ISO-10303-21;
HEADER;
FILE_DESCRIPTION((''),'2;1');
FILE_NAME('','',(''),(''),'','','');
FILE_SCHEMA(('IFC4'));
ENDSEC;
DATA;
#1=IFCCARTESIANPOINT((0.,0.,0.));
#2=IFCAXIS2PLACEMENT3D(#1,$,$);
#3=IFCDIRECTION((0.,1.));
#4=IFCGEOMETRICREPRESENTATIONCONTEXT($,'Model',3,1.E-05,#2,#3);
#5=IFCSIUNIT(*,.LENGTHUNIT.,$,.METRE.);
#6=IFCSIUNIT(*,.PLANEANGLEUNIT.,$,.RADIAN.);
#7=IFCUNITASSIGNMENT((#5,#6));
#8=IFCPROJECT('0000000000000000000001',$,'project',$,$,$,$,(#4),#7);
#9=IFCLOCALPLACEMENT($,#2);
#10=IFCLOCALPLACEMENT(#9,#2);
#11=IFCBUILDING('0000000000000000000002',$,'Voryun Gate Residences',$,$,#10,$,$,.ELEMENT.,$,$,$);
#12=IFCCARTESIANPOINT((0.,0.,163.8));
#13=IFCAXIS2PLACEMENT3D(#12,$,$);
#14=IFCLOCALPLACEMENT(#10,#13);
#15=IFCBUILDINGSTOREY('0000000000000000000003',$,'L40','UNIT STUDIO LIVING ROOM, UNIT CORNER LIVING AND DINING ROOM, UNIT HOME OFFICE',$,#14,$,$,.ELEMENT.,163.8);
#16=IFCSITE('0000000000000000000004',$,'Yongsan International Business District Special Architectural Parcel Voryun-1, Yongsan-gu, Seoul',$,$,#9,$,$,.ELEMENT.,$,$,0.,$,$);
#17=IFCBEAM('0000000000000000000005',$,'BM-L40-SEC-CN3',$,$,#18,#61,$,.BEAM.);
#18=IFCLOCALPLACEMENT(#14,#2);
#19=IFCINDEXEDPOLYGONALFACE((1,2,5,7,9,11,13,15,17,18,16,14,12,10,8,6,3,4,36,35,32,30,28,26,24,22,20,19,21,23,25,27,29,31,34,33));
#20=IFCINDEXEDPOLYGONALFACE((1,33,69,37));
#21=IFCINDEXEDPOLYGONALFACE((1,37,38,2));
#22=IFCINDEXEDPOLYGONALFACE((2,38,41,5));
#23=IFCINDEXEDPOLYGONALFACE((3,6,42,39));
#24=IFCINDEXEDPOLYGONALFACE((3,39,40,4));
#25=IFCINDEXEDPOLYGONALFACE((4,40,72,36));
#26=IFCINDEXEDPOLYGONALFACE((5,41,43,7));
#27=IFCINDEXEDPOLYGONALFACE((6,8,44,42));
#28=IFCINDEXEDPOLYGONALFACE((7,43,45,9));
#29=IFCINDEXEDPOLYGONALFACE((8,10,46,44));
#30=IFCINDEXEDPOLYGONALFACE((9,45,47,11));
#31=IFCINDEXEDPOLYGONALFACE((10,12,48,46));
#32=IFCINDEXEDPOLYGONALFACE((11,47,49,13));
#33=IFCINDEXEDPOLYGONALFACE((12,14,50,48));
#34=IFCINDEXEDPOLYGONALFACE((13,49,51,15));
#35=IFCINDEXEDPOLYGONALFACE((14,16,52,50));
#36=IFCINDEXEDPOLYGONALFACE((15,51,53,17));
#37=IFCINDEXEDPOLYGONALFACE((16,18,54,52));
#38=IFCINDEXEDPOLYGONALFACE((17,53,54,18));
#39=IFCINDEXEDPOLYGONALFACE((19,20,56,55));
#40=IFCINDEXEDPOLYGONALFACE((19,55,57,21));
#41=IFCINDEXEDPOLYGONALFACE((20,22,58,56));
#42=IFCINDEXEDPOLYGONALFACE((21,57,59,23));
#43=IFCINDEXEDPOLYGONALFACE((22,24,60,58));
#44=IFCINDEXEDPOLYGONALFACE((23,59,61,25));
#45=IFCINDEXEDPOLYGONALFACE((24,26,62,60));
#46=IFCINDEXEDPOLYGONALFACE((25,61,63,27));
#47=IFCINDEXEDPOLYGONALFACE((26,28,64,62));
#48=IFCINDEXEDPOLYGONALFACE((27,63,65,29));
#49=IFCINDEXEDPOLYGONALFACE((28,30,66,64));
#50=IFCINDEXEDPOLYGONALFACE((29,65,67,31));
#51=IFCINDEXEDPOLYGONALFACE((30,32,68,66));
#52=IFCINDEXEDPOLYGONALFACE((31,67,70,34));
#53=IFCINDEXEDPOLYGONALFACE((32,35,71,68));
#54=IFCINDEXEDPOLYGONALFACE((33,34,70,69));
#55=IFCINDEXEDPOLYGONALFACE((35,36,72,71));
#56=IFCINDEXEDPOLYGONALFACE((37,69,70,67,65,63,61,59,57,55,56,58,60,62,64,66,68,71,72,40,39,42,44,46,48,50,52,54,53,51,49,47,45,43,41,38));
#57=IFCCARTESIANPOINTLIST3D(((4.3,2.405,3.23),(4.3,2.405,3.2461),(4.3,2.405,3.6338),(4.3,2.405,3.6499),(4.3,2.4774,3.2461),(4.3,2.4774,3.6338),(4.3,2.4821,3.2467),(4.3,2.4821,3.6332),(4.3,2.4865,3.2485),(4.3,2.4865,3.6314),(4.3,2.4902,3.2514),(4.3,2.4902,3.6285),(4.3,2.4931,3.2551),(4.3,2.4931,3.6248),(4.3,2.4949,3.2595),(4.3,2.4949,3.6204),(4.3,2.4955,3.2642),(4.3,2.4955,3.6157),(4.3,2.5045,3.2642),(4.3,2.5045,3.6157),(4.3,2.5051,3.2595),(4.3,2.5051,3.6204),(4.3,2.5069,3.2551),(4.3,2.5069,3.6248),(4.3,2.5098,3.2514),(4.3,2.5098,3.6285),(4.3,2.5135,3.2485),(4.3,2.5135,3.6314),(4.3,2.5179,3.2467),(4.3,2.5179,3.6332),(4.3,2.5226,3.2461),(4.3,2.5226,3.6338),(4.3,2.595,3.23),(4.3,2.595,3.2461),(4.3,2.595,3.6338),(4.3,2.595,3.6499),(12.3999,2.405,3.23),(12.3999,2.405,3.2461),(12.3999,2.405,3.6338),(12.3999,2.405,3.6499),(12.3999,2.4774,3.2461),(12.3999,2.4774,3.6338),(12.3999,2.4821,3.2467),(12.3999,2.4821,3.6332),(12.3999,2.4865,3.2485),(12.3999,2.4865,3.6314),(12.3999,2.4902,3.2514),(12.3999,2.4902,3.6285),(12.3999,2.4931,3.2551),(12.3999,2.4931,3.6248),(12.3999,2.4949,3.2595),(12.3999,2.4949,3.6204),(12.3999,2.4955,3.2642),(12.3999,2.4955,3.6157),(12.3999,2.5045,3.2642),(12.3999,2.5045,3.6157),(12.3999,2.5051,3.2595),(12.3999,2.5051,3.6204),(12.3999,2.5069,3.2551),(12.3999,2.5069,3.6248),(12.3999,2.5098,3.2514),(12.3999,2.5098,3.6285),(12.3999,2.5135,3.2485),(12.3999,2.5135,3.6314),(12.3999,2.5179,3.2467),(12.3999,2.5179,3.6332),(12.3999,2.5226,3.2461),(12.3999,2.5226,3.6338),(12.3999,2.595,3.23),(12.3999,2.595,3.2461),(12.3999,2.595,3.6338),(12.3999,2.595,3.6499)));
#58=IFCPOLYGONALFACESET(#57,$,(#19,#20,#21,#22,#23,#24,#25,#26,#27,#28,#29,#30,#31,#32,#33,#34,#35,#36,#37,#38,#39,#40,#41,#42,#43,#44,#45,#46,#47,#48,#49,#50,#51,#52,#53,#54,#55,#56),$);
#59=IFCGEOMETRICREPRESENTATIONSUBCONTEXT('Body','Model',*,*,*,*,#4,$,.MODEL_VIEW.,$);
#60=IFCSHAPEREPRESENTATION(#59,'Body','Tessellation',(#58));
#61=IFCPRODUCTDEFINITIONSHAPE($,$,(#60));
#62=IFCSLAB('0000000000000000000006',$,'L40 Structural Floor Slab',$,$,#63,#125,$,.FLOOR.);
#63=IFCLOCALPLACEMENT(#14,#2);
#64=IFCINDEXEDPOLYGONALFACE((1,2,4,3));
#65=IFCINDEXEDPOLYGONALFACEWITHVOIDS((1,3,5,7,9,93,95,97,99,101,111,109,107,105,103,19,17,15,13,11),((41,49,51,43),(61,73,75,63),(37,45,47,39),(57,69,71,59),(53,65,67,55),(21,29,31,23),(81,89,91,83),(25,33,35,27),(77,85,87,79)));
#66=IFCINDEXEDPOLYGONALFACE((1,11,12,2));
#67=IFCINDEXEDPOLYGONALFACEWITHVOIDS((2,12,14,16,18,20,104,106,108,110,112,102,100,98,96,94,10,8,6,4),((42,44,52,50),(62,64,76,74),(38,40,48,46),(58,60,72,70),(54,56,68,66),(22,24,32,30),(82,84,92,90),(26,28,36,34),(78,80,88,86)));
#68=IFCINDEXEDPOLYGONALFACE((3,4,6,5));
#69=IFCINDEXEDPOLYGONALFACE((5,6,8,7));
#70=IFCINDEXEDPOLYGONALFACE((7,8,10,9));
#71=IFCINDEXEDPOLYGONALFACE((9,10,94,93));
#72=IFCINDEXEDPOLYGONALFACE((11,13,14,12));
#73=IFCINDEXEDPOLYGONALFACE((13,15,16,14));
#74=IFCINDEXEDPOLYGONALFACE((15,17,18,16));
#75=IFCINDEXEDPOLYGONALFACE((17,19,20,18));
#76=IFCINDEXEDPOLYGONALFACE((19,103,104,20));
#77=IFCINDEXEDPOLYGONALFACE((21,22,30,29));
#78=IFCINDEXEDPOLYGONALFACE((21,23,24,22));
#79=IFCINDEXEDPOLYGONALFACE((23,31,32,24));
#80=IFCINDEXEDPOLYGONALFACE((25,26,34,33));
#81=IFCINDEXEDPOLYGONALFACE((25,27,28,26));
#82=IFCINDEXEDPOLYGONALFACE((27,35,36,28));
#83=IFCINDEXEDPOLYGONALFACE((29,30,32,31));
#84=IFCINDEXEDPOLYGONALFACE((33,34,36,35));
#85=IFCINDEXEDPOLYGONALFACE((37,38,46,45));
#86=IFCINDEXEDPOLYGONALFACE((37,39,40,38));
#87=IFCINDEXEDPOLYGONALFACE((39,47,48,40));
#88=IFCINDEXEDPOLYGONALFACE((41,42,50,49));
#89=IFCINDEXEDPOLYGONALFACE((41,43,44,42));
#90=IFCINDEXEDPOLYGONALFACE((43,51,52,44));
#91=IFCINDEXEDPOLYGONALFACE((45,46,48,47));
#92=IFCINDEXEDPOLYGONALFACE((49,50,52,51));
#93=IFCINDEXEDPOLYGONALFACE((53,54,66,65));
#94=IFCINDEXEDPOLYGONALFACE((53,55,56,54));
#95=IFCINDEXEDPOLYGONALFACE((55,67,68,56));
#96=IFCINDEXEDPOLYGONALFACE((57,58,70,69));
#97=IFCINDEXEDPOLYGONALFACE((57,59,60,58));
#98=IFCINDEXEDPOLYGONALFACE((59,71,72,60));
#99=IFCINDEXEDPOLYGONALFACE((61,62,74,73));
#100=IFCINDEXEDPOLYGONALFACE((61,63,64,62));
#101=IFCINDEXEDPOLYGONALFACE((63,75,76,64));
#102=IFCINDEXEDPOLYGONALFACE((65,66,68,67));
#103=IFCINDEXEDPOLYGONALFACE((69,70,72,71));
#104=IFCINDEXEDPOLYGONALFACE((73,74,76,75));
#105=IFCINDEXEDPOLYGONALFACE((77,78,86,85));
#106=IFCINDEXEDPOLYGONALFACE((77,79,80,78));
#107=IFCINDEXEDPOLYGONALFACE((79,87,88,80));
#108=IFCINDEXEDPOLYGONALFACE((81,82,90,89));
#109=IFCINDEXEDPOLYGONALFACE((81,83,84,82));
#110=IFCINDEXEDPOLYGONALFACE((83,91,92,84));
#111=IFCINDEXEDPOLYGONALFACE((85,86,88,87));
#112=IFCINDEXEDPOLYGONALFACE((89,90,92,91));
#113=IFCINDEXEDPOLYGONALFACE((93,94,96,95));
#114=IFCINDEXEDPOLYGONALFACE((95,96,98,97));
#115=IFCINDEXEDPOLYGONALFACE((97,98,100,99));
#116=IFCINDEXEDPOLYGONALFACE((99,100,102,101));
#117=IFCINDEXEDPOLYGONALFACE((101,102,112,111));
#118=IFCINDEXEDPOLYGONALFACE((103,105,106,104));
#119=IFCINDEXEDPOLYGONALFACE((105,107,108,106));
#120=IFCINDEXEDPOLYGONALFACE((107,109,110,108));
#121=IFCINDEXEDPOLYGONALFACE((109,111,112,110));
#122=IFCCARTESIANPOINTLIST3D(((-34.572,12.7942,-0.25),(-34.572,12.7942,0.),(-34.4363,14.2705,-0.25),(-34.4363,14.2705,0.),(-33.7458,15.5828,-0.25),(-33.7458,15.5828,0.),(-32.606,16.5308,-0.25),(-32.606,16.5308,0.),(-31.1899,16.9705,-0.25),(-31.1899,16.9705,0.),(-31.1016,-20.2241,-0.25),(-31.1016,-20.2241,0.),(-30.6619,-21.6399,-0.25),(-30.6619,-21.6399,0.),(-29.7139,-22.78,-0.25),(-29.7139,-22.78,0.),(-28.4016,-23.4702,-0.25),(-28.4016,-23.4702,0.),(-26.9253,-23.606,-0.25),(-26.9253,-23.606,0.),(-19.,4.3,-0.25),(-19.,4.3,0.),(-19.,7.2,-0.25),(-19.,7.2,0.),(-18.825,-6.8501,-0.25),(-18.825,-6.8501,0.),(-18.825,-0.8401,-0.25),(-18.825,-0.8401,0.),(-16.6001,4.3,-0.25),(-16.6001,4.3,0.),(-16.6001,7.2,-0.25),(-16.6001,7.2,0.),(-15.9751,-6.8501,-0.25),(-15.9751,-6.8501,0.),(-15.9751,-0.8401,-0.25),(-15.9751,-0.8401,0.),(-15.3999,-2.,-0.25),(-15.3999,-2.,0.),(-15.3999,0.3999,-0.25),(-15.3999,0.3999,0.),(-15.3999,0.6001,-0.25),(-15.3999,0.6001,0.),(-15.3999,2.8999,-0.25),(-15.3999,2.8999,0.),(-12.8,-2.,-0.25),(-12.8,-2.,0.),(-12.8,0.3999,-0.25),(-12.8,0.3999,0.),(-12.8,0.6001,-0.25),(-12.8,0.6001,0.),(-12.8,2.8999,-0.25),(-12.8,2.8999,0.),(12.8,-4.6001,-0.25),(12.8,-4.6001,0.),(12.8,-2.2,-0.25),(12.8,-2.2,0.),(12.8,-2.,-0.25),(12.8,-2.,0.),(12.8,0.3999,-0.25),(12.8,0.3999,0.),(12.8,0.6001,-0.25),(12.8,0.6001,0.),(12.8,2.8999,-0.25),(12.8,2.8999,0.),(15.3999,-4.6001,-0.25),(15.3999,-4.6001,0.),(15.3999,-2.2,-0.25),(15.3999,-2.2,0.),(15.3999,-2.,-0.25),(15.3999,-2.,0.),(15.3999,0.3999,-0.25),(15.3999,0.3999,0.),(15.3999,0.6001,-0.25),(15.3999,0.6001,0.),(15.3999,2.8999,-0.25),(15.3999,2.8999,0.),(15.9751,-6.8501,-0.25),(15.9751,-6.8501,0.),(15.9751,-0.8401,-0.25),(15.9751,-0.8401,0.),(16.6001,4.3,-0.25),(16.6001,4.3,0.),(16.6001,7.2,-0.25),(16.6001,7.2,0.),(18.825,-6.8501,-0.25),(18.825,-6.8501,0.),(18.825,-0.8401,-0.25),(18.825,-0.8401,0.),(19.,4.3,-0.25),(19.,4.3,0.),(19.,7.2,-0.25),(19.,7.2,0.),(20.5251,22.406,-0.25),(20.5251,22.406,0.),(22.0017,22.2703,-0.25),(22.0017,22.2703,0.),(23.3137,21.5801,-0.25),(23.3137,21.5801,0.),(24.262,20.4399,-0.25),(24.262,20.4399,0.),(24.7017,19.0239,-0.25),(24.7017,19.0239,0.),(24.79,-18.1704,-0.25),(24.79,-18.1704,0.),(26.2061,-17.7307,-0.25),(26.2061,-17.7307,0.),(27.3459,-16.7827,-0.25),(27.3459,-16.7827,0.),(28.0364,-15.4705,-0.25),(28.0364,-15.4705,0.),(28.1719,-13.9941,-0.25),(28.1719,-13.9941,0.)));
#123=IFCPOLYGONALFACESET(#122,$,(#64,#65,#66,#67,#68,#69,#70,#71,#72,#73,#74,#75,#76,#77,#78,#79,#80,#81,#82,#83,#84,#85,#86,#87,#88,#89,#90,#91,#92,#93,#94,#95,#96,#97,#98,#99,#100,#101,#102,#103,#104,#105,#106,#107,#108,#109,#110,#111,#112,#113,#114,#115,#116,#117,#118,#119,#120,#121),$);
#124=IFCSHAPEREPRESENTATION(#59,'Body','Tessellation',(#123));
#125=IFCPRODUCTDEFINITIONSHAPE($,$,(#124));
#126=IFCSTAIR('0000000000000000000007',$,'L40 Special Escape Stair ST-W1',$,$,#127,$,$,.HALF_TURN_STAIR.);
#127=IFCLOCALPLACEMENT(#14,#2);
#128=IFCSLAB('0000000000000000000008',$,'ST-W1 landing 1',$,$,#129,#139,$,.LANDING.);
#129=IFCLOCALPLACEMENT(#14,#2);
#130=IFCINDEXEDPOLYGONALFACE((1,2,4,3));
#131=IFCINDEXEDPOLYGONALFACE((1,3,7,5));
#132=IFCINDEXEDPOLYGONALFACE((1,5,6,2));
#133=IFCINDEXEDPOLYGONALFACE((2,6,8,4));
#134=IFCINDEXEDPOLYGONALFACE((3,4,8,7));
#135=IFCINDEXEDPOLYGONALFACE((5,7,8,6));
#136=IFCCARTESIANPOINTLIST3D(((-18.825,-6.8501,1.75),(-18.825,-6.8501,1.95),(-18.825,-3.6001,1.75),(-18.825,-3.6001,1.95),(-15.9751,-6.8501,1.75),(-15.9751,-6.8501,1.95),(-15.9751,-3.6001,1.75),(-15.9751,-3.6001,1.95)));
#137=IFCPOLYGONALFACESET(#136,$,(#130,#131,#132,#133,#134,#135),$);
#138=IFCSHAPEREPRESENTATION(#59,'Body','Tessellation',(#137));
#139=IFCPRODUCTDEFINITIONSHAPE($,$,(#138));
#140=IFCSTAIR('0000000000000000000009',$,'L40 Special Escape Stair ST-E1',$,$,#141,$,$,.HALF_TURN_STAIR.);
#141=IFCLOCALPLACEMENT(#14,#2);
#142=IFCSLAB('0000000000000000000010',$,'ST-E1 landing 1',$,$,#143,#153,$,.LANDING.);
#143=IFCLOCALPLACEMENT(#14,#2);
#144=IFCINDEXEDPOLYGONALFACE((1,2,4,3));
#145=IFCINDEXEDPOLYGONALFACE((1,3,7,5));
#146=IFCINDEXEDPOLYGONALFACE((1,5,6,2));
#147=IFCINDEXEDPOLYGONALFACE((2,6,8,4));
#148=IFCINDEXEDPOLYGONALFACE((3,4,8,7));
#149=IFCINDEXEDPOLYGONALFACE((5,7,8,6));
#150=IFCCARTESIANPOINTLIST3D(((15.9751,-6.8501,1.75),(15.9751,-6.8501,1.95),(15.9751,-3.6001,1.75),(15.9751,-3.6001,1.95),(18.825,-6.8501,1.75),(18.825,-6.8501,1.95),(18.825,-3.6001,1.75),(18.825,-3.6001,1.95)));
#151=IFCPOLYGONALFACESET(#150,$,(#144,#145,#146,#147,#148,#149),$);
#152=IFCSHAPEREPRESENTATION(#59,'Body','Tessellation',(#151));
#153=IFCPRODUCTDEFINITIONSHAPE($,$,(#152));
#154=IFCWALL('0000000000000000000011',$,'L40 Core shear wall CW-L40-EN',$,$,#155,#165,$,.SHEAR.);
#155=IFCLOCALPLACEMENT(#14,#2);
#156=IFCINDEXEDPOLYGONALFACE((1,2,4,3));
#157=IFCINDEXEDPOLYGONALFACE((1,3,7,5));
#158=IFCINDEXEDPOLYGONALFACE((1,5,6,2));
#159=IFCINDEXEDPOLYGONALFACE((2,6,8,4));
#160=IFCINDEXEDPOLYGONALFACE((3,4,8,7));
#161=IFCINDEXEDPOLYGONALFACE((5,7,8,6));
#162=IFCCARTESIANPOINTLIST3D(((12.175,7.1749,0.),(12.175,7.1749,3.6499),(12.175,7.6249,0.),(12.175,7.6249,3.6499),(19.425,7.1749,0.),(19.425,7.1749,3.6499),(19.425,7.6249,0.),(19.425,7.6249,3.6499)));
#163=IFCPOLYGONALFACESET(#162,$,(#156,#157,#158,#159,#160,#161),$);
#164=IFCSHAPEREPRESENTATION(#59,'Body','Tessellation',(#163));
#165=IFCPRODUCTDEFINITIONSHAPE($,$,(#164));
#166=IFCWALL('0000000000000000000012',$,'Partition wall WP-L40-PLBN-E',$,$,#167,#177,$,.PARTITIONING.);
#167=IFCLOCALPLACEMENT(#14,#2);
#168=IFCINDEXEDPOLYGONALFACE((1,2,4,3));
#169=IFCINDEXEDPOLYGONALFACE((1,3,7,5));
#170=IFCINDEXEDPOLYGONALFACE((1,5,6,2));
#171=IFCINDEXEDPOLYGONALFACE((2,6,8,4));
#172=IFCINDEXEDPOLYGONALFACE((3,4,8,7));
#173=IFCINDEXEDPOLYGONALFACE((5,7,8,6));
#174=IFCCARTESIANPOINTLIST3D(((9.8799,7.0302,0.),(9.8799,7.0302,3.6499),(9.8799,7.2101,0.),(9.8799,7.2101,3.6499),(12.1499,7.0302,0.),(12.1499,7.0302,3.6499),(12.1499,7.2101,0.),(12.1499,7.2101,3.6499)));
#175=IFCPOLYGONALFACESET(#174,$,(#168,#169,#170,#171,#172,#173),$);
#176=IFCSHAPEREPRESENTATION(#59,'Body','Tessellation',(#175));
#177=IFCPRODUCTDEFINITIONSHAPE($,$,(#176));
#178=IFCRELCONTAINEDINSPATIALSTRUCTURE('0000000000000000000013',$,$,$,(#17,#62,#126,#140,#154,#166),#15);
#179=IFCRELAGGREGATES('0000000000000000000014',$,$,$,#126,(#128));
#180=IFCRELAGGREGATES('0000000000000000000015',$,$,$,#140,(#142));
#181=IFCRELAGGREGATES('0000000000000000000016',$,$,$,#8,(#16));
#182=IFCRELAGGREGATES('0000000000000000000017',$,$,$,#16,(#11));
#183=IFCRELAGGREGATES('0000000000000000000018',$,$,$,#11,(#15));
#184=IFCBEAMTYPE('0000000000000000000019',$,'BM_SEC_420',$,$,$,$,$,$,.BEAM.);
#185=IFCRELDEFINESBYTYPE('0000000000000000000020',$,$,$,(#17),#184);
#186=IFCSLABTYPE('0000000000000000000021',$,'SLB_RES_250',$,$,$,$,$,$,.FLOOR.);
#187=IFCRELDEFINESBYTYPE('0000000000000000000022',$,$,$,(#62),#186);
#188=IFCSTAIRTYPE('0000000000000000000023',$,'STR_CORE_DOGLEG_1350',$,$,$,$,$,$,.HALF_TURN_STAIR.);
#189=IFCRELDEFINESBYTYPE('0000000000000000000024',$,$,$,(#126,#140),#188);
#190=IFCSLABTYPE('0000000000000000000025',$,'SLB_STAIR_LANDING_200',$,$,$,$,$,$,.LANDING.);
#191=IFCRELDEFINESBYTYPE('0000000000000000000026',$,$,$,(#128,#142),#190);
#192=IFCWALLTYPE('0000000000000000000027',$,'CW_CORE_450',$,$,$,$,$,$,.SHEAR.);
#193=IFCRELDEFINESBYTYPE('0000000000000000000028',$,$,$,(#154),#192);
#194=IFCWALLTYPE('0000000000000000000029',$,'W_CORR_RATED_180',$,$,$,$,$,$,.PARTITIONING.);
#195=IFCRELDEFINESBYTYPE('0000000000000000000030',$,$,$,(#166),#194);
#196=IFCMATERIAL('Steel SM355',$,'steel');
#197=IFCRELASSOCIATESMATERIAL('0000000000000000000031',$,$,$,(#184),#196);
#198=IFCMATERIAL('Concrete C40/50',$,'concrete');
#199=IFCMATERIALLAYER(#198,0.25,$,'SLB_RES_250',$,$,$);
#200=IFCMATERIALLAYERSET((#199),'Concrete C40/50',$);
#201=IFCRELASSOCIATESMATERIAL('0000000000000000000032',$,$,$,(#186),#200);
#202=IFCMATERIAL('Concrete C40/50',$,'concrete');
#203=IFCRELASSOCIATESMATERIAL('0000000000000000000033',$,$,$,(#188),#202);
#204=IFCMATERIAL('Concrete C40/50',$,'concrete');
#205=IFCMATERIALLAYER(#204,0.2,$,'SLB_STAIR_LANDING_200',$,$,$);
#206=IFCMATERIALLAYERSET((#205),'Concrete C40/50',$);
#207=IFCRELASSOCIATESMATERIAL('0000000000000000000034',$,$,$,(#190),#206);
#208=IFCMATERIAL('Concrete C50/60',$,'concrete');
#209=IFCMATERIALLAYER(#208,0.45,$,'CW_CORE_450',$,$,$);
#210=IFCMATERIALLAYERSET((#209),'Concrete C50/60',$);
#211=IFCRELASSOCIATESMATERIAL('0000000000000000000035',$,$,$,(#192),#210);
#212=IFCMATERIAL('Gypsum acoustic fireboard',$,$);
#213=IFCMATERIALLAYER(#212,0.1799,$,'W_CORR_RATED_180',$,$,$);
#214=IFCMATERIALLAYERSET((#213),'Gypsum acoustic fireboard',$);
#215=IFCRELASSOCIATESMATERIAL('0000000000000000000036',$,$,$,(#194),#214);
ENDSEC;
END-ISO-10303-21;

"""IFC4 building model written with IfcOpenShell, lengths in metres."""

from ifc_helpers import new_model, si_unit, direction, frame, frame_2d, origin, origin_2d, place, context, subcontext, project, spatial, polyline, rectangle, i_section, outline, extrude, material, layer, layer_set, material_profile, profile_set, type_object, element, aggregate, save


model = new_model("IFC4")

# Units and contexts
model_context = context("Model", 3, precision=1e-05, world=origin(), true_north=direction((0.0, 1.0)))
body_context = subcontext(model_context, "Body", "Model", "MODEL_VIEW")
ifc_project = project(units=[si_unit("LENGTHUNIT", "METRE"), si_unit("PLANEANGLEUNIT", "RADIAN")], contexts=[model_context])

# Site, building, storey
site_placement = place(None, origin())
site = spatial("IfcSite", under=ifc_project, at=site_placement, Name="Yongsan International Business District Special Architectural Parcel Voryun-1, Yongsan-gu, Seoul", CompositionType="ELEMENT", RefElevation=0.0)
building_placement = place(site_placement, origin())
building = spatial("IfcBuilding", under=site, at=building_placement, Name="Voryun Gate Residences", CompositionType="ELEMENT")
storey_placement = place(building_placement, frame((0.0, 0.0, 163.8)))
storey = spatial("IfcBuildingStorey", under=building, at=storey_placement, Name="L40", Description="UNIT STUDIO LIVING ROOM, UNIT CORNER LIVING AND DINING ROOM, UNIT HOME OFFICE", CompositionType="ELEMENT", Elevation=163.8)

# Beam
ifc_material_1 = material(Name="Steel SM355", Category="steel")
ifc_material_profile_1 = material_profile(ifc_material_1, i_section(OverallWidth=0.1899, OverallDepth=0.4199, WebThickness=0.009, FlangeThickness=0.0161, FilletRadius=0.0181, at=origin_2d()), Name="H-420x190x9x16")
ifc_profile_set_1 = profile_set([ifc_material_profile_1], Name="Steel SM355")
beam_type_1 = type_object("IfcBeamType", Name="BM_SEC_420", PredefinedType="BEAM", material=ifc_profile_set_1)
for number, where, z_axis, x_axis, name in (
    (1, (4.3, 2.5, 3.4399), (1.0, 0.0, 0.0), (0.0, 1.0, 0.0), "BM-L40-SEC-CN3"),
):
    element("IfcBeam", number, at=place(storey_placement, frame(where, z_axis=z_axis, x_axis=x_axis)), inside=storey, type_object=beam_type_1, Name=name, PredefinedType="BEAM", context=body_context, shape_type="SweptSolid", body=[
        extrude(i_section(OverallWidth=0.1899, OverallDepth=0.4199, WebThickness=0.009, FlangeThickness=0.0161, FilletRadius=0.0181, at=origin_2d()), origin(), (0.0, 0.0, 1.0), 8.0999),
    ])

# Slab
ifc_material_2 = material(Name="Concrete C40/50", Category="concrete")
ifc_layer_1 = layer(ifc_material_2, 0.25, Name="SLB_RES_250")
ifc_layer_set_1 = layer_set([ifc_layer_1], Name="Concrete C40/50")
slab_type_1 = type_object("IfcSlabType", Name="SLB_RES_250", PredefinedType="FLOOR", material=ifc_layer_set_1)
slab_1_placement = place(storey_placement, frame((0.0, 0.0, -0.25)))
element("IfcSlab", 2, at=slab_1_placement, inside=storey, type_object=slab_type_1, Name="L40 Structural Floor Slab", PredefinedType="FLOOR", context=body_context, shape_type="SweptSolid", body=[
    extrude(outline(polyline([(-26.9253, -23.606), (-28.4016, -23.4702), (-29.7139, -22.78), (-30.6619, -21.6399), (-31.1016, -20.2241), (-34.572, 12.7942), (-34.4363, 14.2705), (-33.7458, 15.5828), (-32.606, 16.5308), (-31.1899, 16.9705), (20.5251, 22.406), (22.0017, 22.2703), (23.3137, 21.5801), (24.262, 20.4399), (24.7017, 19.0239), (28.1719, -13.9941), (28.0364, -15.4705), (27.3459, -16.7827), (26.2061, -17.7307), (24.79, -18.1704), (-26.9253, -23.606)]), holes=[polyline([(-15.9751, -6.8501), (-15.9751, -0.8401), (-18.825, -0.8401), (-18.825, -6.8501), (-15.9751, -6.8501)]), polyline([(18.825, -6.8501), (18.825, -0.8401), (15.9751, -0.8401), (15.9751, -6.8501), (18.825, -6.8501)]), polyline([(15.3999, -2.2), (12.8, -2.2), (12.8, -4.6001), (15.3999, -4.6001), (15.3999, -2.2)]), polyline([(-12.8, 0.3999), (-15.3999, 0.3999), (-15.3999, -2.0), (-12.8, -2.0), (-12.8, 0.3999)]), polyline([(15.3999, 0.3999), (12.8, 0.3999), (12.8, -2.0), (15.3999, -2.0), (15.3999, 0.3999)]), polyline([(-12.8, 2.8999), (-15.3999, 2.8999), (-15.3999, 0.6001), (-12.8, 0.6001), (-12.8, 2.8999)]), polyline([(15.3999, 2.8999), (12.8, 2.8999), (12.8, 0.6001), (15.3999, 0.6001), (15.3999, 2.8999)]), polyline([(-16.6001, 4.3), (-16.6001, 7.2), (-19.0, 7.2), (-19.0, 4.3), (-16.6001, 4.3)]), polyline([(19.0, 4.3), (19.0, 7.2), (16.6001, 7.2), (16.6001, 4.3), (19.0, 4.3)])]), origin(), (0.0, 0.0, 1.0), 0.25),
])

# Stairs, slabs
ifc_material_3 = material(Name="Concrete C40/50", Category="concrete")
stair_type = type_object("IfcStairType", Name="STR_CORE_DOGLEG_1350", PredefinedType="HALF_TURN_STAIR", material=ifc_material_3)
stair_1_placement = place(storey_placement, origin())
stair_1 = element("IfcStair", 3, at=stair_1_placement, inside=storey, type_object=stair_type, Name="L40 Special Escape Stair ST-W1", PredefinedType="HALF_TURN_STAIR")
ifc_material_4 = material(Name="Concrete C40/50", Category="concrete")
ifc_layer_2 = layer(ifc_material_4, 0.2, Name="SLB_STAIR_LANDING_200")
ifc_layer_set_2 = layer_set([ifc_layer_2], Name="Concrete C40/50")
slab_type_2 = type_object("IfcSlabType", Name="SLB_STAIR_LANDING_200", PredefinedType="LANDING", material=ifc_layer_set_2)
slab_2_placement = place(storey_placement, frame((0.0, 0.0, 1.75)))
slab_2 = element("IfcSlab", 4, at=slab_2_placement, type_object=slab_type_2, Name="ST-W1 landing 1", PredefinedType="LANDING", context=body_context, shape_type="SweptSolid", body=[
    extrude(outline(polyline([(-18.825, -3.6001), (-18.825, -6.8501), (-15.9751, -6.8501), (-15.9751, -3.6001), (-18.825, -3.6001)])), origin(), (0.0, 0.0, 1.0), 0.2),
])
aggregate(stair_1, [slab_2])
stair_2_placement = place(storey_placement, origin())
stair_2 = element("IfcStair", 5, at=stair_2_placement, inside=storey, type_object=stair_type, Name="L40 Special Escape Stair ST-E1", PredefinedType="HALF_TURN_STAIR")
slab_3_placement = place(storey_placement, frame((0.0, 0.0, 1.75)))
slab_3 = element("IfcSlab", 6, at=slab_3_placement, type_object=slab_type_2, Name="ST-E1 landing 1", PredefinedType="LANDING", context=body_context, shape_type="SweptSolid", body=[
    extrude(outline(polyline([(15.9751, -3.6001), (15.9751, -6.8501), (18.825, -6.8501), (18.825, -3.6001), (15.9751, -3.6001)])), origin(), (0.0, 0.0, 1.0), 0.2),
])
aggregate(stair_2, [slab_3])

# Walls
ifc_material_5 = material(Name="Concrete C50/60", Category="concrete")
ifc_layer_3 = layer(ifc_material_5, 0.45, Name="CW_CORE_450")
ifc_layer_set_3 = layer_set([ifc_layer_3], Name="Concrete C50/60")
wall_type_1 = type_object("IfcWallType", Name="CW_CORE_450", PredefinedType="SHEAR", material=ifc_layer_set_3)
wall_1_placement = place(storey_placement, frame((12.175, 7.3999, 0.0), z_axis=(0.0, 0.0, 1.0), x_axis=(1.0, 0.0, 0.0)))
element("IfcWall", 7, at=wall_1_placement, inside=storey, type_object=wall_type_1, Name="L40 Core shear wall CW-L40-EN", PredefinedType="SHEAR", context=body_context, shape_type="SweptSolid", body=[
    extrude(rectangle(XDim=7.25, YDim=0.45, at=frame_2d((3.625, 0.0))), origin(), (0.0, 0.0, 1.0), 3.6499),
])
ifc_material_6 = material(Name="Gypsum acoustic fireboard")
ifc_layer_4 = layer(ifc_material_6, 0.1799, Name="W_CORR_RATED_180")
ifc_layer_set_4 = layer_set([ifc_layer_4], Name="Gypsum acoustic fireboard")
wall_type_2 = type_object("IfcWallType", Name="W_CORR_RATED_180", PredefinedType="PARTITIONING", material=ifc_layer_set_4)
wall_2_placement = place(storey_placement, frame((9.8799, 7.1201, 0.0), z_axis=(0.0, 0.0, 1.0), x_axis=(1.0, 0.0, 0.0)))
element("IfcWall", 8, at=wall_2_placement, inside=storey, type_object=wall_type_2, Name="Partition wall WP-L40-PLBN-E", PredefinedType="PARTITIONING", context=body_context, shape_type="SweptSolid", body=[
    extrude(rectangle(XDim=2.27, YDim=0.1799, at=frame_2d((1.135, 0.0))), origin(), (0.0, 0.0, 1.0), 3.6499),
])

save(model, "model.ifc")
